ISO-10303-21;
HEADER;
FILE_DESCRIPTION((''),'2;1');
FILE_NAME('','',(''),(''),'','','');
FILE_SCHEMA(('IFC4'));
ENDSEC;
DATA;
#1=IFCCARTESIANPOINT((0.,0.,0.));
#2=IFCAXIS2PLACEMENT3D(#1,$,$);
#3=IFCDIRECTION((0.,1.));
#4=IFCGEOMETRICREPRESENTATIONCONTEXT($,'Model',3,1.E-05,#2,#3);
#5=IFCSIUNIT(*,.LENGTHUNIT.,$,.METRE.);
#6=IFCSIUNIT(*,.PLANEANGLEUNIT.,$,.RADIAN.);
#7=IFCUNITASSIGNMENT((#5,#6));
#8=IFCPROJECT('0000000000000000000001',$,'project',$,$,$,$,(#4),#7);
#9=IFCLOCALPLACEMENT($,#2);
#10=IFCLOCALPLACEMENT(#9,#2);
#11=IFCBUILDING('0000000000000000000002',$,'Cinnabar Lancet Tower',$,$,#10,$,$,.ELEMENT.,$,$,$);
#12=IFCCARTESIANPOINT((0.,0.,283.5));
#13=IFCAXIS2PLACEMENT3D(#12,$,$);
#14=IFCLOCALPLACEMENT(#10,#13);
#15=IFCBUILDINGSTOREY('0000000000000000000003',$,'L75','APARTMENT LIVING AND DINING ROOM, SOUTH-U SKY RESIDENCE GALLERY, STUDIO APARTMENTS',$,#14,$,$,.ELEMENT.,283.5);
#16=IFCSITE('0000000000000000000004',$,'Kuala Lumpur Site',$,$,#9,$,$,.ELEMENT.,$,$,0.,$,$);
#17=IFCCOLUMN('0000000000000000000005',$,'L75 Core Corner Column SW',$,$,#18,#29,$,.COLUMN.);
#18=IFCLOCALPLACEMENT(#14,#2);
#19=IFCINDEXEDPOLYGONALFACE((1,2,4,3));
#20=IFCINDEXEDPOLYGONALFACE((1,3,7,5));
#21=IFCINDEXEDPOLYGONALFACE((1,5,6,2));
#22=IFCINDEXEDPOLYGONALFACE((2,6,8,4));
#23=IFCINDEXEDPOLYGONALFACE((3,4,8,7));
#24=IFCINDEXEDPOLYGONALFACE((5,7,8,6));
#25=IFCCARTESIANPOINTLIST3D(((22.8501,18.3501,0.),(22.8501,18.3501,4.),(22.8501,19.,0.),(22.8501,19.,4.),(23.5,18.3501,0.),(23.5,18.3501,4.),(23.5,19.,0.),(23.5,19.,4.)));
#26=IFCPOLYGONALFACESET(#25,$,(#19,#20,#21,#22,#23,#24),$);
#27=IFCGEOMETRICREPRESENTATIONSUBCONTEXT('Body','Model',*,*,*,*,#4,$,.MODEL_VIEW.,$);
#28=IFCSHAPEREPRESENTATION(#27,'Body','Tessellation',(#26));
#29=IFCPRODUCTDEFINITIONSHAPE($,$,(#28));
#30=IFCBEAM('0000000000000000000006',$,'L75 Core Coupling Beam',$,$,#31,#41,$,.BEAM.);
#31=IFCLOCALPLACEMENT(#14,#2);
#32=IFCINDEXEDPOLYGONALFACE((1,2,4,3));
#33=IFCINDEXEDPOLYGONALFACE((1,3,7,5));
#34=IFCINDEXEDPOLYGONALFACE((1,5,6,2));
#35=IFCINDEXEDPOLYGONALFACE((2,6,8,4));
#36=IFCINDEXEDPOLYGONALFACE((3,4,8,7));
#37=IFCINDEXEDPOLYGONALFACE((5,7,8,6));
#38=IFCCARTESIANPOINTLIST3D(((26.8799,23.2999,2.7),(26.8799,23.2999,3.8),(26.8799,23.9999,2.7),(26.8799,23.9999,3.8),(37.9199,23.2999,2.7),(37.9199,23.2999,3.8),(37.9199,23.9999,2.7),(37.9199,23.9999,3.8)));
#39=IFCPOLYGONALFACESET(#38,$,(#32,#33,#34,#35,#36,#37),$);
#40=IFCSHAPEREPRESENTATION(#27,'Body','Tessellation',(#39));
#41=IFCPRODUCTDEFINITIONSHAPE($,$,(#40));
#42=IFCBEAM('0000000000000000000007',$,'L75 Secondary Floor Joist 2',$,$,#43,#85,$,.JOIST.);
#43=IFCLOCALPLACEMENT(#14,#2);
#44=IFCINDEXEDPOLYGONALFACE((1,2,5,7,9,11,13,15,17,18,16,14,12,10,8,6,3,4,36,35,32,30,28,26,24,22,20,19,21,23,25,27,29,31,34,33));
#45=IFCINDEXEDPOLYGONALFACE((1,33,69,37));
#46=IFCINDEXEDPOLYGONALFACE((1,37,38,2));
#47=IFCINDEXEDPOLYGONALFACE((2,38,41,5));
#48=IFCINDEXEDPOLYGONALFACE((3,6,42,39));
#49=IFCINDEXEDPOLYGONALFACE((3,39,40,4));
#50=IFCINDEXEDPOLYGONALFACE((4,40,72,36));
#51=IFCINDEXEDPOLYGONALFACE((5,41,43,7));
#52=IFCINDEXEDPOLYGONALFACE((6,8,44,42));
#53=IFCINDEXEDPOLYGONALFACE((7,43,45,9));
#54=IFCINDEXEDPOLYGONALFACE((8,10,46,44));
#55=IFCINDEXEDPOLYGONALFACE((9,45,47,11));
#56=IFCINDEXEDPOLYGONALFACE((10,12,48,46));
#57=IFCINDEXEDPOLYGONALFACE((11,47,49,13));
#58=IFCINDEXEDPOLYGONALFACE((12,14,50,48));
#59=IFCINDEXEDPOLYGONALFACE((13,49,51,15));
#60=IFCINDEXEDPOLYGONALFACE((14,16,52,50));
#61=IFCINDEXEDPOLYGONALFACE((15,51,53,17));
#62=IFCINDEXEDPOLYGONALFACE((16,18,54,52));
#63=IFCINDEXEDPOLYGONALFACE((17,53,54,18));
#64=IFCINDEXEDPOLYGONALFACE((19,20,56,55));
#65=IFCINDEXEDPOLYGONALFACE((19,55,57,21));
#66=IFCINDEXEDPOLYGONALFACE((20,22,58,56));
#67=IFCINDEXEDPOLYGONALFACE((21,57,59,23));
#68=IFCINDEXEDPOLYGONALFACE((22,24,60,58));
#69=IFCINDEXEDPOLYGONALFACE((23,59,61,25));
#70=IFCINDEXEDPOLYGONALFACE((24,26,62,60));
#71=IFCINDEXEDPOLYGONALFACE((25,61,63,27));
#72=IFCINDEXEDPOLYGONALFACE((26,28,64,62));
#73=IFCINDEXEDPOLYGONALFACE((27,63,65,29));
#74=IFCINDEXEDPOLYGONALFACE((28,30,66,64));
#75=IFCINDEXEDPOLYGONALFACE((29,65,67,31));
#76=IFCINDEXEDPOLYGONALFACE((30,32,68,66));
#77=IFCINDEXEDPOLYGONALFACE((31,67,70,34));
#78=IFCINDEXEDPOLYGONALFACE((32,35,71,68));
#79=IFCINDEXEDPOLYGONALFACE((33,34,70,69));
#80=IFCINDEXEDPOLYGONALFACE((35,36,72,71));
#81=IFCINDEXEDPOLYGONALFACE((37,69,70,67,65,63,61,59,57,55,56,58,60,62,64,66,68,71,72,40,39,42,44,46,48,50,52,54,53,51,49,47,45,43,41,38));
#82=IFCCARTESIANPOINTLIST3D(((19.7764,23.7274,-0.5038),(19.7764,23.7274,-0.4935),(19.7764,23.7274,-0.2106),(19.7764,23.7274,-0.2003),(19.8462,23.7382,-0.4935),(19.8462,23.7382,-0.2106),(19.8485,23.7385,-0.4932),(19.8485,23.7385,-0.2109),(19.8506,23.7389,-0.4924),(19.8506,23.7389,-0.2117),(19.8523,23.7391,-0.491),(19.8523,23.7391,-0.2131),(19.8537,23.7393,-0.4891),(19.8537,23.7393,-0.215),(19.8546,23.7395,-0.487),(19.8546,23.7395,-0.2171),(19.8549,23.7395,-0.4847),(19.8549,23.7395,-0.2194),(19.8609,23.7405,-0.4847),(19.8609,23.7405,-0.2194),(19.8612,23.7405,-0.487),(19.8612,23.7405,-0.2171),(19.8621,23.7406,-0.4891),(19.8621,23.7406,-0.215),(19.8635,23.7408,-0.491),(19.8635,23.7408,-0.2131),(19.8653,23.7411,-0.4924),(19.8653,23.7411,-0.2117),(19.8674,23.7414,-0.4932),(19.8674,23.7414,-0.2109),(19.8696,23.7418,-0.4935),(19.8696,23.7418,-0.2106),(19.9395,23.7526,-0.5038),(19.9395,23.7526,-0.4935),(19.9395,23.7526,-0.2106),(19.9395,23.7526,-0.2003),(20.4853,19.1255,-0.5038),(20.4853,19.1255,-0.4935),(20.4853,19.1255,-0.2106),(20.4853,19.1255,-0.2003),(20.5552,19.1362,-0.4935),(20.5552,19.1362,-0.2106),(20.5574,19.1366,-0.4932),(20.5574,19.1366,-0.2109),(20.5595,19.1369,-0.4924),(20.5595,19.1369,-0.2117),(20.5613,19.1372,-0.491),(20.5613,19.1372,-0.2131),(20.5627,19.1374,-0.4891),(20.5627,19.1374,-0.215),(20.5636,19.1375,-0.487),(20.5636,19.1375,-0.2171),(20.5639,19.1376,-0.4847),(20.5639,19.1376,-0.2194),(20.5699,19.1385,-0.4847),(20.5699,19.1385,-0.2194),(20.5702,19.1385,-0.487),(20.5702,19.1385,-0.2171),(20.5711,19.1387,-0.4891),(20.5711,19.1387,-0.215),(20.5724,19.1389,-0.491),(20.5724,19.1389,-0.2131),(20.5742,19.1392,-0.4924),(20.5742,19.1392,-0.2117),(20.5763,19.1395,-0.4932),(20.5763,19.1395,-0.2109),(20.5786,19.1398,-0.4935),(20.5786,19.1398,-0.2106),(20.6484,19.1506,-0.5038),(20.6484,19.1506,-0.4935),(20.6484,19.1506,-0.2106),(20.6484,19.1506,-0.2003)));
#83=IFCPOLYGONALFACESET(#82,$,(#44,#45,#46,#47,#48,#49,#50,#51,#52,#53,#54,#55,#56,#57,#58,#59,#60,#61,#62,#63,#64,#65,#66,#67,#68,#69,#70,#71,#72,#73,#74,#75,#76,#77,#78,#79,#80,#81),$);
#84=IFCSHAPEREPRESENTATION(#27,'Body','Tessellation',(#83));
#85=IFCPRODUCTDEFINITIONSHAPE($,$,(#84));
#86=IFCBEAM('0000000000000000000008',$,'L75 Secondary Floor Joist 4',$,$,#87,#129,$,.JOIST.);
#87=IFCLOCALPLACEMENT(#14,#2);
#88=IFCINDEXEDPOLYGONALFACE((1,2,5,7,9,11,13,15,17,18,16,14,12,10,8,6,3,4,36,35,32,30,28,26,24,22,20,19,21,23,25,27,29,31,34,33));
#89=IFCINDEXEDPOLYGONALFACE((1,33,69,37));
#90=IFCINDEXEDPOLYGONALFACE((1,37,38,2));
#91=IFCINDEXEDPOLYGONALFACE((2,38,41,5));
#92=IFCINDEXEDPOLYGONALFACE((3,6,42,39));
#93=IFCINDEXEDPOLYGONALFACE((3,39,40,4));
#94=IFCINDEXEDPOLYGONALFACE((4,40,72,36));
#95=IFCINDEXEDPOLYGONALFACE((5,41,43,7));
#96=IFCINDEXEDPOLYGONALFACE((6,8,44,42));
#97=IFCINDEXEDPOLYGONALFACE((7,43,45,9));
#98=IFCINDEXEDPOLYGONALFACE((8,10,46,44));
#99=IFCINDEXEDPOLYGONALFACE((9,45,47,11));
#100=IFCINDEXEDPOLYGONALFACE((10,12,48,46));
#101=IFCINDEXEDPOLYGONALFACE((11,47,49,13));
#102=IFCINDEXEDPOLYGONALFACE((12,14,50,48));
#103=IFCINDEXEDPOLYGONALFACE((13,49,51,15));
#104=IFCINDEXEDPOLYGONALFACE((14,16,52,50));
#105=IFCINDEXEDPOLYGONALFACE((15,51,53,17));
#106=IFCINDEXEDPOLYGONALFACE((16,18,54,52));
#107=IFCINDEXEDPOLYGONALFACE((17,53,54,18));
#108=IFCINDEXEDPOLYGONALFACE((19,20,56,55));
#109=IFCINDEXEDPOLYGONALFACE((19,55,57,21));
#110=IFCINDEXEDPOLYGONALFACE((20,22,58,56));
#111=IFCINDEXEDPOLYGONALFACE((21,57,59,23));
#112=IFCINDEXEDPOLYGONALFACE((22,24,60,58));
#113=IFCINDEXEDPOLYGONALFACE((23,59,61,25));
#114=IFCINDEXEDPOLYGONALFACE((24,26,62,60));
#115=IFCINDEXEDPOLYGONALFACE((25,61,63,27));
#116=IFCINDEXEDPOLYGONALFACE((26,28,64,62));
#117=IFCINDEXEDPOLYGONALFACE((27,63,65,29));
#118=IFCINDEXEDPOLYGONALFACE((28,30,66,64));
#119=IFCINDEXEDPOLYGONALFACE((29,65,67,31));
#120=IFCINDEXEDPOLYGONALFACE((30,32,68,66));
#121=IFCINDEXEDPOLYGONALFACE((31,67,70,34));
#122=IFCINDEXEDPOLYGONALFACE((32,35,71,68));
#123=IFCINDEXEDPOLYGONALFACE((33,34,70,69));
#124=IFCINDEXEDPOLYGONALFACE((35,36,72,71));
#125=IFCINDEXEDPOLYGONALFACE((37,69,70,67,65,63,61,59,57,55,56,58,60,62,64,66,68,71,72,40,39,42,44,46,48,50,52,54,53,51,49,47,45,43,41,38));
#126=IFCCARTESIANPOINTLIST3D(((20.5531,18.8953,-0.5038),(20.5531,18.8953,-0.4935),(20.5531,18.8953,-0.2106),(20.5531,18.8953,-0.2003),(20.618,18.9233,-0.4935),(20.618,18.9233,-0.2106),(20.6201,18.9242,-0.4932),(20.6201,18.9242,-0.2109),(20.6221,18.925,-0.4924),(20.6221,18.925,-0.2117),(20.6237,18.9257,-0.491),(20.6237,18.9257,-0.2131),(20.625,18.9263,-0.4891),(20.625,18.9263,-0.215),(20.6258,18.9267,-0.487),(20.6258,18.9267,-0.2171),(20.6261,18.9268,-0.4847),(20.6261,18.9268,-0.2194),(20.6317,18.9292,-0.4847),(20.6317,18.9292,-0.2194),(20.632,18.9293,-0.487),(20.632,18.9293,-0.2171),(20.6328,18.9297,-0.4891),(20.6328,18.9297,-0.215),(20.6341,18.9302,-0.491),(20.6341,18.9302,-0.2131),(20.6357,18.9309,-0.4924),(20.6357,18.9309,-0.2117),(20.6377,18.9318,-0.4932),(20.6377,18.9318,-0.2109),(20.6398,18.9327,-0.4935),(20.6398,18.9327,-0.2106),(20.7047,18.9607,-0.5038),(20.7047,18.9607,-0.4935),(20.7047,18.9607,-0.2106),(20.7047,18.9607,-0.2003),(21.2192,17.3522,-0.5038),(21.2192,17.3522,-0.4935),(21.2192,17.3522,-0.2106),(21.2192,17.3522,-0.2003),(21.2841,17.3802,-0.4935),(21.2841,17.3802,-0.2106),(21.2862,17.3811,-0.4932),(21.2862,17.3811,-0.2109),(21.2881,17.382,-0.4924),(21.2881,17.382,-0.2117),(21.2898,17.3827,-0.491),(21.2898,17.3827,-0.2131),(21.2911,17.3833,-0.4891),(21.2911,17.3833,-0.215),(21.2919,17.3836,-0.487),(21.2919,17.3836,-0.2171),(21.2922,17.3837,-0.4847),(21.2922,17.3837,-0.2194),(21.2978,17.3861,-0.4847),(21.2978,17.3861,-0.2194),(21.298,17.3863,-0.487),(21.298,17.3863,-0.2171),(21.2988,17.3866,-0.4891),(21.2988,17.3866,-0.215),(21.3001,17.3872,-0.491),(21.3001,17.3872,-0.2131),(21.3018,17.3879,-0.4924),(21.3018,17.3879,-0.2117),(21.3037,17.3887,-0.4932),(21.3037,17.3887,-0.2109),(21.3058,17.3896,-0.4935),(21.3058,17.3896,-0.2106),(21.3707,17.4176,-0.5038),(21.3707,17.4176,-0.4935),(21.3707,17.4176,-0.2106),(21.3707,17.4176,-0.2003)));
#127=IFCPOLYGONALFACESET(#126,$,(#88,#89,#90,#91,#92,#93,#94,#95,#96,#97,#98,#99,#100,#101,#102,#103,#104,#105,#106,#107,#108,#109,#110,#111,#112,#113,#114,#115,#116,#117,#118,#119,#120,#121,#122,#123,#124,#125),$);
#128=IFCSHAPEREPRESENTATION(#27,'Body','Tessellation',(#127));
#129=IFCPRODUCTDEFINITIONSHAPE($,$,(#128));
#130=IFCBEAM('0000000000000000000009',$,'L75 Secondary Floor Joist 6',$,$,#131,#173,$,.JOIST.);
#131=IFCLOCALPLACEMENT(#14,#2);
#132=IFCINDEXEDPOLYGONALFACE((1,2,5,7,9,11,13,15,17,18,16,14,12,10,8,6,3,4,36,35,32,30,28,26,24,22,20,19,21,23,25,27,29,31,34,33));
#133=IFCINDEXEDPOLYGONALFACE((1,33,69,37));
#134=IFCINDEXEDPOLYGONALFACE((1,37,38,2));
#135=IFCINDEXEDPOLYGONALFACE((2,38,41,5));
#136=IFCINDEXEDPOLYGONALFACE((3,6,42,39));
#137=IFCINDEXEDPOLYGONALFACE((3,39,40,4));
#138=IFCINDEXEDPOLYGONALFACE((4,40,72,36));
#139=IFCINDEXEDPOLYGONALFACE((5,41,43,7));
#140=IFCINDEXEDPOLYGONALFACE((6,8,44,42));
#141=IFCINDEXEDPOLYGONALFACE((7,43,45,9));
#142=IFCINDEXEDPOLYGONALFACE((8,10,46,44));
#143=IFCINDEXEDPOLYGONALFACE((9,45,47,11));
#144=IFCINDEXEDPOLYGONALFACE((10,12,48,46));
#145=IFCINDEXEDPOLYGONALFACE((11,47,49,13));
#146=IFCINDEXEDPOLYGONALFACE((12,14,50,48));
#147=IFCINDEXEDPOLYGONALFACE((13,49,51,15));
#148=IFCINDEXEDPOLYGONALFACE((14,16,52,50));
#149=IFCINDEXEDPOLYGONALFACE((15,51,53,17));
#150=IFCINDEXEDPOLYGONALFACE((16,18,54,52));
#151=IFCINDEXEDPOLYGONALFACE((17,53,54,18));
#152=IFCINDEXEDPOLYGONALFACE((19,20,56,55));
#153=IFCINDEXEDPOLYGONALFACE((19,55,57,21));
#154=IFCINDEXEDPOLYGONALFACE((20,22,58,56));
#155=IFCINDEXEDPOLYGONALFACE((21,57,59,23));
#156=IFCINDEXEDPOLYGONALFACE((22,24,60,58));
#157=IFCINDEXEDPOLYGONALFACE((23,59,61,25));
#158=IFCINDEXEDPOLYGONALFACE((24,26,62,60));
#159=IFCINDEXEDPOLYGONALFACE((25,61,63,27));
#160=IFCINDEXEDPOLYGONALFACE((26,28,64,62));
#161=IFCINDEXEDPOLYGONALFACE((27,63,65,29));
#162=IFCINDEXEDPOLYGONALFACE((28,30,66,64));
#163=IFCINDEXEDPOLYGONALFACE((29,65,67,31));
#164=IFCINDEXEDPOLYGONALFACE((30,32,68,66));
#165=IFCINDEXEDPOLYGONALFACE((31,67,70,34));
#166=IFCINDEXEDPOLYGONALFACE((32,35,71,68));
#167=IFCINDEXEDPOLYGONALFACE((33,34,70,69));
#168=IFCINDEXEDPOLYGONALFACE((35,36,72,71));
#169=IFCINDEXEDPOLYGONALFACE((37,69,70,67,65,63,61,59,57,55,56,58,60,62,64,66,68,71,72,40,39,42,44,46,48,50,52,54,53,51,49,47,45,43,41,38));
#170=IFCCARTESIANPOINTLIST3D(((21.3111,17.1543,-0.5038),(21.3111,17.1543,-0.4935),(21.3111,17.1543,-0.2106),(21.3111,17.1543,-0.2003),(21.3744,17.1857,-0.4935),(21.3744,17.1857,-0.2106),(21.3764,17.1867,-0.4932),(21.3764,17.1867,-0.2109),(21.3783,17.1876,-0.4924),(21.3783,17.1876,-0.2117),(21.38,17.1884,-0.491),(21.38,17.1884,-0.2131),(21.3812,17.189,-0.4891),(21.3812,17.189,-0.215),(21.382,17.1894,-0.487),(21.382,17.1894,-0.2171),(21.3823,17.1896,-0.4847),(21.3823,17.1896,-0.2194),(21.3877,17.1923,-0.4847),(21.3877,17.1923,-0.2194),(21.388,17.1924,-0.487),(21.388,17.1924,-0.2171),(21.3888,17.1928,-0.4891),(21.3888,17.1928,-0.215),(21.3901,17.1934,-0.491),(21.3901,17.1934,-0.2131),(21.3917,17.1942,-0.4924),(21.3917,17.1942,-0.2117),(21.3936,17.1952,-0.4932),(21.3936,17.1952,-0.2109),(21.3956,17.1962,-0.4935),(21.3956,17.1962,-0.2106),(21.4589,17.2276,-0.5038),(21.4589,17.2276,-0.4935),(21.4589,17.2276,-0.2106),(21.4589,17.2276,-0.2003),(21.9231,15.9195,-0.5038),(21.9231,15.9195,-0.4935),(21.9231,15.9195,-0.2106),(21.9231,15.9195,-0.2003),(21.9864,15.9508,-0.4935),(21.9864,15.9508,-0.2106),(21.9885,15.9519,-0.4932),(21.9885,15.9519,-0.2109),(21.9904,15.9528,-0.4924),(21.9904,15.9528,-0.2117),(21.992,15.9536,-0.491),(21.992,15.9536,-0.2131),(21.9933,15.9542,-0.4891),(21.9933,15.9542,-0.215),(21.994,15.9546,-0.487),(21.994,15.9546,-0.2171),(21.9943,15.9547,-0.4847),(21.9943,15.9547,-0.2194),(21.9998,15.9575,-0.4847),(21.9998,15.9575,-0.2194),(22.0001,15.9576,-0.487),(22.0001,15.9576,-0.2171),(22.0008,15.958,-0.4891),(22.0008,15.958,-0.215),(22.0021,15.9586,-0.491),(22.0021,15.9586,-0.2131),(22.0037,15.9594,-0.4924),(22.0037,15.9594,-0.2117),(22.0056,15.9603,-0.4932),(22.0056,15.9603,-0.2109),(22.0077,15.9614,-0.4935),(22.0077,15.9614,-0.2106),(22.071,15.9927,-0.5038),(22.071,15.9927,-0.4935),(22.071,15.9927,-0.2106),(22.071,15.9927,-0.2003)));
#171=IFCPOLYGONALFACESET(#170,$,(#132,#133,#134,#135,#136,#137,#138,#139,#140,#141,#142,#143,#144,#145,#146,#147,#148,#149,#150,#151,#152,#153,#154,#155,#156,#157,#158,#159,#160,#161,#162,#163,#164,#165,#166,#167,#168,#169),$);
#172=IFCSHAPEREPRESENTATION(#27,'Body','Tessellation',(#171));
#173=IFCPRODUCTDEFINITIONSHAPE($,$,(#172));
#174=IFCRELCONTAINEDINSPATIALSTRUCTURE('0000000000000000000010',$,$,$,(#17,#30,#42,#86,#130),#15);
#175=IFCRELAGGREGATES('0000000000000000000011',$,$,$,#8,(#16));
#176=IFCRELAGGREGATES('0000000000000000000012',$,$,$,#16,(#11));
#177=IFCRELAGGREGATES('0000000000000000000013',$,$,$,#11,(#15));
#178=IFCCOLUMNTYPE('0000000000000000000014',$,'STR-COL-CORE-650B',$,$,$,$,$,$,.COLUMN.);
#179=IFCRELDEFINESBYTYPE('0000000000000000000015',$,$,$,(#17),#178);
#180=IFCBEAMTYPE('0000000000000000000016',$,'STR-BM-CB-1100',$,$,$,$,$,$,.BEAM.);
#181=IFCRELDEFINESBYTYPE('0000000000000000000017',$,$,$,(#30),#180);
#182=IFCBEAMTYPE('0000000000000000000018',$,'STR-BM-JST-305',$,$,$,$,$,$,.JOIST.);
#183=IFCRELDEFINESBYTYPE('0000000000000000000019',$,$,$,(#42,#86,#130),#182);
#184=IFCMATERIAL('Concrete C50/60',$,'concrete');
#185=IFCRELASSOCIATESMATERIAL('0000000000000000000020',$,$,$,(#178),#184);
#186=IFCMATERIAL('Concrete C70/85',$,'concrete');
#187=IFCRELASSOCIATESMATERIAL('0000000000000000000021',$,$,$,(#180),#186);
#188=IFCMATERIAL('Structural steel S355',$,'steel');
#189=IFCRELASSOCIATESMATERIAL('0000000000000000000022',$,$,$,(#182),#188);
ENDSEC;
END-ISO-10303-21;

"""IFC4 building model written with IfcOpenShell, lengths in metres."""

from ifc_helpers import new_model, si_unit, direction, frame, origin, origin_2d, place, context, subcontext, project, spatial, rectangle, i_section, extrude, material, material_profile, profile_set, type_object, element, save


model = new_model("IFC4")

# Units and contexts
model_context = context("Model", 3, precision=1e-05, world=origin(), true_north=direction((0.0, 1.0)))
body_context = subcontext(model_context, "Body", "Model", "MODEL_VIEW")
ifc_project = project(units=[si_unit("LENGTHUNIT", "METRE"), si_unit("PLANEANGLEUNIT", "RADIAN")], contexts=[model_context])

# Site, building, storey
site_placement = place(None, origin())
site = spatial("IfcSite", under=ifc_project, at=site_placement, Name="Kuala Lumpur Site", CompositionType="ELEMENT", RefElevation=0.0)
building_placement = place(site_placement, origin())
building = spatial("IfcBuilding", under=site, at=building_placement, Name="Cinnabar Lancet Tower", CompositionType="ELEMENT")
storey_placement = place(building_placement, frame((0.0, 0.0, 283.5)))
storey = spatial("IfcBuildingStorey", under=building, at=storey_placement, Name="L75", Description="APARTMENT LIVING AND DINING ROOM, SOUTH-U SKY RESIDENCE GALLERY, STUDIO APARTMENTS", CompositionType="ELEMENT", Elevation=283.5)

# Column
ifc_material_1 = material(Name="Concrete C50/60", Category="concrete")
ifc_material_profile_1 = material_profile(ifc_material_1, rectangle(XDim=0.6499, YDim=0.6499, at=origin_2d()), Name="RC-COL 650x650")
ifc_profile_set_1 = profile_set([ifc_material_profile_1], Name="Concrete C50/60")
column_type = type_object("IfcColumnType", Name="STR-COL-CORE-650B", PredefinedType="COLUMN", material=ifc_profile_set_1)
column_placement = place(storey_placement, frame((23.175, 18.675, 0.0), z_axis=(0.0, 0.0, 1.0), x_axis=(1.0, 0.0, 0.0)))
element("IfcColumn", 1, at=column_placement, inside=storey, type_object=column_type, Name="L75 Core Corner Column SW", PredefinedType="COLUMN", context=body_context, shape_type="SweptSolid", body=[
    extrude(rectangle(XDim=0.6499, YDim=0.6499, at=origin_2d()), origin(), (0.0, 0.0, 1.0), 4.0),
])

# Beams
ifc_material_2 = material(Name="Concrete C70/85", Category="concrete")
ifc_material_profile_2 = material_profile(ifc_material_2, rectangle(XDim=0.7, YDim=1.1001, at=origin_2d()), Name="RC-CB 700x1100")
ifc_profile_set_2 = profile_set([ifc_material_profile_2], Name="Concrete C70/85")
beam_type_1 = type_object("IfcBeamType", Name="STR-BM-CB-1100", PredefinedType="BEAM", material=ifc_profile_set_2)
beam_1_placement = place(storey_placement, frame((26.8799, 23.6499, 3.25), z_axis=(1.0, 0.0, 0.0), x_axis=(0.0, 1.0, 0.0)))
element("IfcBeam", 2, at=beam_1_placement, inside=storey, type_object=beam_type_1, Name="L75 Core Coupling Beam", PredefinedType="BEAM", context=body_context, shape_type="SweptSolid", body=[
    extrude(rectangle(XDim=0.7, YDim=1.1001, at=origin_2d()), origin(), (0.0, 0.0, 1.0), 11.04),
])
ifc_material_3 = material(Name="Structural steel S355", Category="steel")
ifc_material_profile_3 = material_profile(ifc_material_3, i_section(OverallWidth=0.165, OverallDepth=0.3035, WebThickness=0.0061, FlangeThickness=0.0103, FilletRadius=0.0088, at=origin_2d()), Name="UKB 305x165x40")
ifc_profile_set_3 = profile_set([ifc_material_profile_3], Name="Structural steel S355")
beam_type_2 = type_object("IfcBeamType", Name="STR-BM-JST-305", PredefinedType="JOIST", material=ifc_profile_set_3)
beam_2_placement = place(storey_placement, frame((19.8579, 23.74, -0.3521), z_axis=(0.152262, -0.98834, 0.0), x_axis=(0.98834, 0.152262, 0.0)))
element("IfcBeam", 3, at=beam_2_placement, inside=storey, type_object=beam_type_2, Name="L75 Secondary Floor Joist 2", PredefinedType="JOIST", context=body_context, shape_type="SweptSolid", body=[
    extrude(i_section(OverallWidth=0.165, OverallDepth=0.3035, WebThickness=0.0061, FlangeThickness=0.0103, FilletRadius=0.0088, at=origin_2d()), origin(), (0.0, 0.0, 1.0), 4.6562),
])
beam_3_placement = place(storey_placement, frame((20.6289, 18.928, -0.3521), z_axis=(0.396302, -0.91812, 0.0), x_axis=(0.91812, 0.396302, 0.0)))
element("IfcBeam", 4, at=beam_3_placement, inside=storey, type_object=beam_type_2, Name="L75 Secondary Floor Joist 4", PredefinedType="JOIST", context=body_context, shape_type="SweptSolid", body=[
    extrude(i_section(OverallWidth=0.165, OverallDepth=0.3035, WebThickness=0.0061, FlangeThickness=0.0103, FilletRadius=0.0088, at=origin_2d()), origin(), (0.0, 0.0, 1.0), 1.6807),
])
beam_4_placement = place(storey_placement, frame((21.385, 17.1909, -0.3521), z_axis=(0.444093, -0.895981, 0.0), x_axis=(0.895981, 0.444093, 0.0)))
element("IfcBeam", 5, at=beam_4_placement, inside=storey, type_object=beam_type_2, Name="L75 Secondary Floor Joist 6", PredefinedType="JOIST", context=body_context, shape_type="SweptSolid", body=[
    extrude(i_section(OverallWidth=0.165, OverallDepth=0.3035, WebThickness=0.0061, FlangeThickness=0.0103, FilletRadius=0.0088, at=origin_2d()), origin(), (0.0, 0.0, 1.0), 1.3782),
])

save(model, "model.ifc")
